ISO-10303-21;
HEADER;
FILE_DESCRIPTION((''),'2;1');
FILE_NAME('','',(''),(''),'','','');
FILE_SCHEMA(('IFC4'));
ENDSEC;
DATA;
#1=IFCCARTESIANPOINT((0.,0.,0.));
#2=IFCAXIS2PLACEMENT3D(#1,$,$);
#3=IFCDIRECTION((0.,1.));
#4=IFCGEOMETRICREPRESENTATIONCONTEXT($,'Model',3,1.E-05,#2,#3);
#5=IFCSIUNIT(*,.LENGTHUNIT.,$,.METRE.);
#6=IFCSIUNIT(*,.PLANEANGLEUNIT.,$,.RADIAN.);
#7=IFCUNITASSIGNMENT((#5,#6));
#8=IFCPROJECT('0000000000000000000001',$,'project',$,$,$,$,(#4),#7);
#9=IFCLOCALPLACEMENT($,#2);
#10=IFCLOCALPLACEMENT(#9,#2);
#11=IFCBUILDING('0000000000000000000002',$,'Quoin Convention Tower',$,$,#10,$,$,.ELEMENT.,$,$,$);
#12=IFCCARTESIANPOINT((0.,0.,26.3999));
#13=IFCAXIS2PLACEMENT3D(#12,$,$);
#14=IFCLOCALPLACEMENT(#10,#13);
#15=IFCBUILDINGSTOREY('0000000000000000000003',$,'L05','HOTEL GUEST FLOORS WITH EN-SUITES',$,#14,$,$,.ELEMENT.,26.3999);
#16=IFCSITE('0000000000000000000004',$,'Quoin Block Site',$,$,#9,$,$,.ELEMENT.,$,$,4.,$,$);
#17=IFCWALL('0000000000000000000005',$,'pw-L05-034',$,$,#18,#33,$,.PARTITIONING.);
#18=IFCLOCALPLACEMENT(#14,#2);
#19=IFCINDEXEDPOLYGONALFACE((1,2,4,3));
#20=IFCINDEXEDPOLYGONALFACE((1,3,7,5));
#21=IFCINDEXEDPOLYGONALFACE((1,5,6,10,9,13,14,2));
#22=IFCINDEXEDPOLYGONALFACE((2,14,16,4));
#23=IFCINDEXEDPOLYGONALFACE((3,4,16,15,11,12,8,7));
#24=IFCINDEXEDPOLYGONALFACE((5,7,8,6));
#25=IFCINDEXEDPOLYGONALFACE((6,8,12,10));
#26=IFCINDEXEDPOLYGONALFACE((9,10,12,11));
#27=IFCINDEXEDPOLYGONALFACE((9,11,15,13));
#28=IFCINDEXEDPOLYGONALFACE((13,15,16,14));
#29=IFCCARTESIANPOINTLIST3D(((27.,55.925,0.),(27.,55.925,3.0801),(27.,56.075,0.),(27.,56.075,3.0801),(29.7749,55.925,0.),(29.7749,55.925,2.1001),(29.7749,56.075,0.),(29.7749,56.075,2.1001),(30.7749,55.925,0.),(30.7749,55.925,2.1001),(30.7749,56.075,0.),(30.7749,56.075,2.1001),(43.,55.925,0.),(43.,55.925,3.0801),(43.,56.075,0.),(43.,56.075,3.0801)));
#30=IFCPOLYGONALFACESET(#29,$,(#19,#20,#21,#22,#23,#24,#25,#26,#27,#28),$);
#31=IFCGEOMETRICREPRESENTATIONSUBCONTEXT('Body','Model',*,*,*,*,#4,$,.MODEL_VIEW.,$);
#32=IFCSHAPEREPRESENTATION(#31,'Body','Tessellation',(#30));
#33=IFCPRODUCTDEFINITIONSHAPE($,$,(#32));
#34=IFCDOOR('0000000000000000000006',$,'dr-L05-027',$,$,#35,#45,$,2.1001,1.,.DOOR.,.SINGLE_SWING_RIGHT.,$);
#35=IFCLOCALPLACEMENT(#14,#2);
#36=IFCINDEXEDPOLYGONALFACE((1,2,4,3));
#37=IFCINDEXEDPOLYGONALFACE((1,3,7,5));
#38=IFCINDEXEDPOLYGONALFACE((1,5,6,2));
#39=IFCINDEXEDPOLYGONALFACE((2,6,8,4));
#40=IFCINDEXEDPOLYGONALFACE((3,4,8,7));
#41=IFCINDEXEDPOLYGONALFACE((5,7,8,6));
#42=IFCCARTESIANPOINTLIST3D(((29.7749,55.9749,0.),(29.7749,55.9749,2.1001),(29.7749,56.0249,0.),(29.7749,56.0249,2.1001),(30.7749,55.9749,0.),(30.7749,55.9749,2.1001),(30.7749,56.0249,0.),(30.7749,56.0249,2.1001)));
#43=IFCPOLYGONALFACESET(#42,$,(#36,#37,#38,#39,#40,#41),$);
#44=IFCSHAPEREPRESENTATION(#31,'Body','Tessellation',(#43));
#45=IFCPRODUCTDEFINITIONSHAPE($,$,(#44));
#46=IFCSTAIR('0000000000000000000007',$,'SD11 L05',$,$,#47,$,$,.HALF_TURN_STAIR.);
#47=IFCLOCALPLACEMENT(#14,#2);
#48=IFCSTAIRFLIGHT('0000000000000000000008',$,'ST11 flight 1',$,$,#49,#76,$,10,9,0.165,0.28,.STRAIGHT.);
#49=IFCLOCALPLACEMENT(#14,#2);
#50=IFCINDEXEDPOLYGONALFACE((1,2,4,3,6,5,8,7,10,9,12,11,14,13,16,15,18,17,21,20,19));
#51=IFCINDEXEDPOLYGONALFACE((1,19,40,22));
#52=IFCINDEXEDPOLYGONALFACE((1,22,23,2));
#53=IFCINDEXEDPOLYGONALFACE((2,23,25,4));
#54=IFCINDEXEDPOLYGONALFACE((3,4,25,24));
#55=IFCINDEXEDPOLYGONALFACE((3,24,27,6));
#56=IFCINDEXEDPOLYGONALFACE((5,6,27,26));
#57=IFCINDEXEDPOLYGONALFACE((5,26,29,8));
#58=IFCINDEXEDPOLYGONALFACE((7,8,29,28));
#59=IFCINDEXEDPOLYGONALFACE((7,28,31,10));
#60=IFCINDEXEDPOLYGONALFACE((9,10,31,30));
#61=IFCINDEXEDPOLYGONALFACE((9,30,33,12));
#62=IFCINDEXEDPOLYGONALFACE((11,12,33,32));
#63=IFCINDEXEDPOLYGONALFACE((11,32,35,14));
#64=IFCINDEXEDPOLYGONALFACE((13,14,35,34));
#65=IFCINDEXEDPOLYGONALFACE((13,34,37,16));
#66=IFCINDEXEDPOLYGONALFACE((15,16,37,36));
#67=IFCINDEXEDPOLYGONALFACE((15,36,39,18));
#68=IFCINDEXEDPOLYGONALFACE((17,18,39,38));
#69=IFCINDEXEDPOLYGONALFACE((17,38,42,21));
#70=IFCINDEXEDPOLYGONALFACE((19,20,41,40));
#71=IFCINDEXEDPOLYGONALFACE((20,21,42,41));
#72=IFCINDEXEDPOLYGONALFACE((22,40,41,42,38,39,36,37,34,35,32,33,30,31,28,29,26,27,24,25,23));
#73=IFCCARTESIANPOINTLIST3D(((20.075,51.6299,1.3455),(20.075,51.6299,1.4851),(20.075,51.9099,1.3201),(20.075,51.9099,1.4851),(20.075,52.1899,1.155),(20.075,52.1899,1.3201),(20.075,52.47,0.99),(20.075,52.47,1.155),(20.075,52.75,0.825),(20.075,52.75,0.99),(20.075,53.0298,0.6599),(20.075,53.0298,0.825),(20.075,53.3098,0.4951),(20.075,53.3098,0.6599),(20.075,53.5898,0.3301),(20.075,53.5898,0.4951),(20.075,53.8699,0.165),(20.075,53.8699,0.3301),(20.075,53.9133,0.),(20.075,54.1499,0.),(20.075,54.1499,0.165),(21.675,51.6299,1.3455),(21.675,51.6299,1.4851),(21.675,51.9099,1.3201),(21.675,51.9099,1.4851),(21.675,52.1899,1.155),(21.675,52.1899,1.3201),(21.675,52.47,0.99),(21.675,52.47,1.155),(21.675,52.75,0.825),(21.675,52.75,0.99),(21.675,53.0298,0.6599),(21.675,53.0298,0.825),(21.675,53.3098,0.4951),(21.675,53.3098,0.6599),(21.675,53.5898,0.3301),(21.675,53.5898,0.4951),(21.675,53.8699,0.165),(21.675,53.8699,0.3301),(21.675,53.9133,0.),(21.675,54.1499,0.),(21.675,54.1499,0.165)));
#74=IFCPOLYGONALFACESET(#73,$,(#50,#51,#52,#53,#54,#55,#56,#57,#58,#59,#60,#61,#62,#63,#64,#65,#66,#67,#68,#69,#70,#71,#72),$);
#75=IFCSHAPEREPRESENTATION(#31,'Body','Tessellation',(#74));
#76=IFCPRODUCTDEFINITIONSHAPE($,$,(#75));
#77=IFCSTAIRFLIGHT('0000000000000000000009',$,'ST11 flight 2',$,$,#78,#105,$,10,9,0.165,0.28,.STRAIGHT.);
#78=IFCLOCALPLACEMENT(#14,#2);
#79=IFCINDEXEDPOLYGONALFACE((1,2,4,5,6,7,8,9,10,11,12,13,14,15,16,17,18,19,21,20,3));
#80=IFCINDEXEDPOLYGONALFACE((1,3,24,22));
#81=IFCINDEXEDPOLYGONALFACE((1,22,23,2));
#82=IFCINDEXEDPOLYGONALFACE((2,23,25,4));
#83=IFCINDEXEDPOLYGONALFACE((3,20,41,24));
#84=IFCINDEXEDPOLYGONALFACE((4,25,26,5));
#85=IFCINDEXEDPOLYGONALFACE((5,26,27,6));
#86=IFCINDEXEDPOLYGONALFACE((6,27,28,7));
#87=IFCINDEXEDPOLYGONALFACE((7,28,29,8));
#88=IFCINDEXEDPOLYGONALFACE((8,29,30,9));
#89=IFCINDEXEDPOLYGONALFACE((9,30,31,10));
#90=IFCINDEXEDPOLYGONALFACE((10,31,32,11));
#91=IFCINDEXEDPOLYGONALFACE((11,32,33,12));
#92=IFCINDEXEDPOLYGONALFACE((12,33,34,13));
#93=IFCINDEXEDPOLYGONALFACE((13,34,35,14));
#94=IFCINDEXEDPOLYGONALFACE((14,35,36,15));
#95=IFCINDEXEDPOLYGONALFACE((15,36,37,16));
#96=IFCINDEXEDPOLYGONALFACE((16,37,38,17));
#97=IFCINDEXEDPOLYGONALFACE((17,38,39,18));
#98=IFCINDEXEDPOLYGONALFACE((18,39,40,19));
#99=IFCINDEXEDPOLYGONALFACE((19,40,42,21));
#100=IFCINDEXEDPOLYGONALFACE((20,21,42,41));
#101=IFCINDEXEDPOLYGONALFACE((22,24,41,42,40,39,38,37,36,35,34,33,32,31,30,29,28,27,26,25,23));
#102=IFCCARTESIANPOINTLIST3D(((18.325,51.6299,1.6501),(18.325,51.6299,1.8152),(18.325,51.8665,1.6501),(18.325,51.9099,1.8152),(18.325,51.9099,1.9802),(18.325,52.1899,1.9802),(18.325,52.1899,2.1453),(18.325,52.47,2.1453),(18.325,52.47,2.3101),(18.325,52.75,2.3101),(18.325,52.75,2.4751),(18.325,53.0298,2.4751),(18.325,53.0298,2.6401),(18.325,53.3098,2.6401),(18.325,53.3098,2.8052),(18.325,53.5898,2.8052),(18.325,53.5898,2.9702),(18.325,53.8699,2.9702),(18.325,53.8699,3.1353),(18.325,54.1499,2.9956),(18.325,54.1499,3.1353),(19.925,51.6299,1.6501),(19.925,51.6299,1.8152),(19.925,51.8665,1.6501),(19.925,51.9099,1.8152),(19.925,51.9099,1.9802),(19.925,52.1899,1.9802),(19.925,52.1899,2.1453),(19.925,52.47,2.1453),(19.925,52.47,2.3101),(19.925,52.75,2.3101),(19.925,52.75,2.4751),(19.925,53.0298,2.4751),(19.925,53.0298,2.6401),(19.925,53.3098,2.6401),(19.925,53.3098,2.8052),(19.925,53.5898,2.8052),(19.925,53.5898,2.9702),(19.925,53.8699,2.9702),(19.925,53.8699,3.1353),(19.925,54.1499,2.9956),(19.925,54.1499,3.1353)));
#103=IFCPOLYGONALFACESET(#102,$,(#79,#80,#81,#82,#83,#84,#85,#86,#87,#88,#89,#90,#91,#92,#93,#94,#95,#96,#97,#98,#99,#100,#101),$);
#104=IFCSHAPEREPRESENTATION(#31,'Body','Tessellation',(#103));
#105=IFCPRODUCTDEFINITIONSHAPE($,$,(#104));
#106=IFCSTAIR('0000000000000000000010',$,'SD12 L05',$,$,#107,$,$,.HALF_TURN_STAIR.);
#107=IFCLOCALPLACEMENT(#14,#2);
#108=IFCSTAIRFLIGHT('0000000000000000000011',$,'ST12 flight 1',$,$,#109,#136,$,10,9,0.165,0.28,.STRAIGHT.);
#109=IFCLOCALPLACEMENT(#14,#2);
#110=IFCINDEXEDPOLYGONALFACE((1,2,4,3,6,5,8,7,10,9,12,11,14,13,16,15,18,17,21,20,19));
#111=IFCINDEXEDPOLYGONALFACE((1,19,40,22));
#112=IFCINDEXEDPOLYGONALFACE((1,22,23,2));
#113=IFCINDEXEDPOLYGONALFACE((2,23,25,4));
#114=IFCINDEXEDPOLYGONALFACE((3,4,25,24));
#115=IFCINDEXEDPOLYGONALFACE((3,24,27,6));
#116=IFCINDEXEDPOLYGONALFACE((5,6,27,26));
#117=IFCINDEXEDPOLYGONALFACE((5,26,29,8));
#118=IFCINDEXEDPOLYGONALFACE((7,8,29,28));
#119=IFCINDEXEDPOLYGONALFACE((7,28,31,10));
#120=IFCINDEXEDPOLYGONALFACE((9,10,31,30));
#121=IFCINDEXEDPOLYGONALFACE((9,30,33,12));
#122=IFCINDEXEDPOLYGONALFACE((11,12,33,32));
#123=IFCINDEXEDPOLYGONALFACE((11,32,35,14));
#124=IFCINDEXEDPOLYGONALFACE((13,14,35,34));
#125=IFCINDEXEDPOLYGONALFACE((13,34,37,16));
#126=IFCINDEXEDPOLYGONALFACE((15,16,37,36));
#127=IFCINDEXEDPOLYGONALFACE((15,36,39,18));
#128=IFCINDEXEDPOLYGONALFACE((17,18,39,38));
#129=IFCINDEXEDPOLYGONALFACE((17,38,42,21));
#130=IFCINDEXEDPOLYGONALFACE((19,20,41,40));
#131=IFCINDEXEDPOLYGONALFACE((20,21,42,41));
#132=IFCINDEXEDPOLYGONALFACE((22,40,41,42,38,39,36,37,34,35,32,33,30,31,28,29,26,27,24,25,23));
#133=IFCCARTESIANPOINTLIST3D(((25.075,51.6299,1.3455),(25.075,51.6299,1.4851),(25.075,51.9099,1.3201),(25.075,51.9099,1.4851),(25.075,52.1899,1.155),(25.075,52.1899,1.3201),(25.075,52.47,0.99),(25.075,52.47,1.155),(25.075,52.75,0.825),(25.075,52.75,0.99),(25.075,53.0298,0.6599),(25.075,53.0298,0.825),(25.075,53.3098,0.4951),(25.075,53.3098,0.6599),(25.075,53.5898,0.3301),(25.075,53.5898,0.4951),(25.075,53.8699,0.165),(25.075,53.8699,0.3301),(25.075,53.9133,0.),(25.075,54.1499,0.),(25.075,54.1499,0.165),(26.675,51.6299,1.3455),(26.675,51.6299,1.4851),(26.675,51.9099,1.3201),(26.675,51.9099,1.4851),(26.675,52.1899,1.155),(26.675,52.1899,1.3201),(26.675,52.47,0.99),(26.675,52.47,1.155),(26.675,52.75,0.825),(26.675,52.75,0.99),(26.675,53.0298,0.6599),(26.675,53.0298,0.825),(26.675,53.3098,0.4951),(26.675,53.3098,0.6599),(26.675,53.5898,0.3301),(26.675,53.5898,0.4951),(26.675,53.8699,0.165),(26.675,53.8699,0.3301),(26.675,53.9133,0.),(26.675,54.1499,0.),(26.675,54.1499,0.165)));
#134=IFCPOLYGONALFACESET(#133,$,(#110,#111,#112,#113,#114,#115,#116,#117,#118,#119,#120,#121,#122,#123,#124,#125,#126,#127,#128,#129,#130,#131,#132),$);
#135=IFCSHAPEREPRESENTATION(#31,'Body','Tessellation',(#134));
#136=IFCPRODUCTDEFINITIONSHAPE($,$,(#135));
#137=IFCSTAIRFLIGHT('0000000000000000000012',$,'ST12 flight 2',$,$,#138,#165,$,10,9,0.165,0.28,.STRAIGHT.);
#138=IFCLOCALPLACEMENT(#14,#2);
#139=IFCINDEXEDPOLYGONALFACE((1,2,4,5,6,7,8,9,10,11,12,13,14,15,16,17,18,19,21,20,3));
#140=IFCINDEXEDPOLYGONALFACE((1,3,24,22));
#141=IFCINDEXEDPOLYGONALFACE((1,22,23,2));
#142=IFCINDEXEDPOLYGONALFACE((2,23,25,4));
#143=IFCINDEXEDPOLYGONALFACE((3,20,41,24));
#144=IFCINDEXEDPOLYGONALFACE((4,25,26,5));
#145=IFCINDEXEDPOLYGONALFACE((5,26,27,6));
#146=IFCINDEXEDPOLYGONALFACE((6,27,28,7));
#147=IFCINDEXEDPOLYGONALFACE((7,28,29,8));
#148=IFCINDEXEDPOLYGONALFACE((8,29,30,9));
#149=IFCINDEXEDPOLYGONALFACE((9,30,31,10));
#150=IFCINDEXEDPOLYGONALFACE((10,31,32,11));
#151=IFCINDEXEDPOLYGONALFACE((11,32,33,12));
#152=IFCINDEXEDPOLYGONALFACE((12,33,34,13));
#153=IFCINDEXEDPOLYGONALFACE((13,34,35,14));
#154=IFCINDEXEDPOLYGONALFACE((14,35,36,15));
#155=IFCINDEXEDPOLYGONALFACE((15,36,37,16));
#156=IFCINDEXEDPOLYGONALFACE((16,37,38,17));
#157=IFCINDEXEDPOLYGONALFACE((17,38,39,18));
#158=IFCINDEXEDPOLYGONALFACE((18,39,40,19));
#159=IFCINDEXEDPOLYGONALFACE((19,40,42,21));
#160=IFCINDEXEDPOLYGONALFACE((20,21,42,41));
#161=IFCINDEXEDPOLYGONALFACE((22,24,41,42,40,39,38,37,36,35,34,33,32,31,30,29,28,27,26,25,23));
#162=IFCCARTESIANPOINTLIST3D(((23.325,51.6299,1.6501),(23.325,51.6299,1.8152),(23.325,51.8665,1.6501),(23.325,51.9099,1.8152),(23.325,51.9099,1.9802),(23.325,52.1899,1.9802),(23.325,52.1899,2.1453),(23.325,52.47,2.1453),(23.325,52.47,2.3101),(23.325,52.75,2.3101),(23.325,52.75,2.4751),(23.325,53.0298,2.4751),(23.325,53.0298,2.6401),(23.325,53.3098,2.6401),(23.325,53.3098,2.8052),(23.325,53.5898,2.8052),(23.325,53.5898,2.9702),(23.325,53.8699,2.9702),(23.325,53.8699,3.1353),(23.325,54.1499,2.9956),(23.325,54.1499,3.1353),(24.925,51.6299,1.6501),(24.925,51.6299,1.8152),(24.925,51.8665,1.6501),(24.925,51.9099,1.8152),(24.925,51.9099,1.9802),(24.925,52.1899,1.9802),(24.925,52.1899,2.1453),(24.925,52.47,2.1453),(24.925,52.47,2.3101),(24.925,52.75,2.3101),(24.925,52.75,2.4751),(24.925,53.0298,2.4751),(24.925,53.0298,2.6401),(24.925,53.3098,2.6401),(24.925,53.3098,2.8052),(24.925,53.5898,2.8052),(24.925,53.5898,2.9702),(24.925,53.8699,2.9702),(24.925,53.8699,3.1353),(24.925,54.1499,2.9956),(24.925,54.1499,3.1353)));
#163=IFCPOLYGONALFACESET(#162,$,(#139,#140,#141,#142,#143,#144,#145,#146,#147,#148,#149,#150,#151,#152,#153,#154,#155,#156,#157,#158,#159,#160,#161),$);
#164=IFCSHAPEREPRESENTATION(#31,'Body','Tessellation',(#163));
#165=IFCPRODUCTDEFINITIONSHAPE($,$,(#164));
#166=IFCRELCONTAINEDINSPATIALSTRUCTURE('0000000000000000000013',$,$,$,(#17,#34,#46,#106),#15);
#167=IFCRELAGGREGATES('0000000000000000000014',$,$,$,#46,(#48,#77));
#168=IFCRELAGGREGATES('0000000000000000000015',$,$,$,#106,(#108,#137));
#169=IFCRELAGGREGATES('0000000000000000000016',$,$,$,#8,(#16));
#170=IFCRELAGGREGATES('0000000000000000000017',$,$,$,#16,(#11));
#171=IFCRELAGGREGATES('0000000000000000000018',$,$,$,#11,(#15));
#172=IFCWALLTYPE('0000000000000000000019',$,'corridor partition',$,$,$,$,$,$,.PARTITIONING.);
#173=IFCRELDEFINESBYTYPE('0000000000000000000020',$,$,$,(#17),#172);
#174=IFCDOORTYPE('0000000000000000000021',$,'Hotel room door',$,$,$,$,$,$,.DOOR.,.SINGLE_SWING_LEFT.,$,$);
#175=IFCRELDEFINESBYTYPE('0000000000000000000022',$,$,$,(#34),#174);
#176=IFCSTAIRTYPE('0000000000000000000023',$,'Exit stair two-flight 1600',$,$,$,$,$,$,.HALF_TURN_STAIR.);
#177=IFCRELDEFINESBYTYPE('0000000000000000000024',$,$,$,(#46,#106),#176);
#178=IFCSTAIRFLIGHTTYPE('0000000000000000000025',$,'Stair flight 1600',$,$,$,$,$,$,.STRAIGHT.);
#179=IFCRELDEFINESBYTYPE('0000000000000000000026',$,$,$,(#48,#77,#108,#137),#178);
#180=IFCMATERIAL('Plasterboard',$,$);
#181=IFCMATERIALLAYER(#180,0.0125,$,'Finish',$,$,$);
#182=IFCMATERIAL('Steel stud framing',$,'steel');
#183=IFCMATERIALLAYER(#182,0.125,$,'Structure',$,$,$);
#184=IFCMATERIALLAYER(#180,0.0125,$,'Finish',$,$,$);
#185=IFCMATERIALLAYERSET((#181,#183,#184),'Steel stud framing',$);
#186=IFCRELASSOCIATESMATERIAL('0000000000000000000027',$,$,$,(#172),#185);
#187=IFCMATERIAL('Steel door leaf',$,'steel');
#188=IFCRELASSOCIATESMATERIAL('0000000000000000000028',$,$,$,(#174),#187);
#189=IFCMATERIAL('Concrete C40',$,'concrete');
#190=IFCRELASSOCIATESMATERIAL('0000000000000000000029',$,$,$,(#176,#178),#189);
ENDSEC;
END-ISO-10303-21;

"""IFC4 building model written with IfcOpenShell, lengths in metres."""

from ifc_helpers import new_model, si_unit, direction, frame, frame_2d, origin, place, context, subcontext, project, spatial, polyline, rectangle, outline, extrude, material, layer, layer_set, type_object, element, fill, aggregate, save


model = new_model("IFC4")

# Units and contexts
model_context = context("Model", 3, precision=1e-05, world=origin(), true_north=direction((0.0, 1.0)))
body_context = subcontext(model_context, "Body", "Model", "MODEL_VIEW")
ifc_project = project(units=[si_unit("LENGTHUNIT", "METRE"), si_unit("PLANEANGLEUNIT", "RADIAN")], contexts=[model_context])

# Site, building, storey
site_placement = place(None, origin())
site = spatial("IfcSite", under=ifc_project, at=site_placement, Name="Quoin Block Site", CompositionType="ELEMENT", RefElevation=4.0)
building_placement = place(site_placement, origin())
building = spatial("IfcBuilding", under=site, at=building_placement, Name="Quoin Convention Tower", CompositionType="ELEMENT")
storey_placement = place(building_placement, frame((0.0, 0.0, 26.3999)))
storey = spatial("IfcBuildingStorey", under=building, at=storey_placement, Name="L05", Description="HOTEL GUEST FLOORS WITH EN-SUITES", CompositionType="ELEMENT", Elevation=26.3999)

# Shared definitions
ifc_material_1 = material(Name="Steel door leaf", Category="steel")

# Shared definitions
ifc_material_2 = material(Name="Plasterboard")
ifc_layer_1 = layer(ifc_material_2, 0.0125, Name="Finish")
ifc_material_3 = material(Name="Steel stud framing", Category="steel")
ifc_layer_2 = layer(ifc_material_3, 0.125, Name="Structure")
ifc_layer_3 = layer(ifc_material_2, 0.0125, Name="Finish")
ifc_layer_set_1 = layer_set([ifc_layer_1, ifc_layer_2, ifc_layer_3], Name="Steel stud framing")
wall_type_1 = type_object("IfcWallType", Name="corridor partition", PredefinedType="PARTITIONING", material=ifc_layer_set_1)

# Wall, opening, door
wall_1_placement = place(storey_placement, frame((27.0, 56.0, 0.0), z_axis=(0.0, 0.0, 1.0), x_axis=(1.0, 0.0, 0.0)))
wall_1 = element("IfcWall", 1, at=wall_1_placement, inside=storey, type_object=wall_type_1, Name="pw-L05-034", PredefinedType="PARTITIONING", context=body_context, shape_type="SweptSolid", body=[
    extrude(rectangle(XDim=16.0, YDim=0.1499, at=frame_2d((8.0, 0.0))), origin(), (0.0, 0.0, 1.0), 3.0801),
])
opening_1_placement = place(wall_1_placement, frame((2.7749, 0.0, 0.0)))
opening_1 = element("IfcOpeningElement", 2, at=opening_1_placement, cuts=wall_1, PredefinedType="OPENING", context=body_context, shape_type="SweptSolid", body=[
    extrude(rectangle(XDim=1.0, YDim=2.1001, at=frame_2d((0.5, 1.05))), frame((0.0, 0.085, 0.0), z_axis=(0.0, -1.0, 0.0), x_axis=(1.0, 0.0, 0.0)), (0.0, 0.0, 1.0), 0.1699),
])
door_type_1 = type_object("IfcDoorType", Name="Hotel room door", OperationType="SINGLE_SWING_LEFT", PredefinedType="DOOR", material=ifc_material_1)
door_1_placement = place(opening_1_placement, origin())
door_1 = element("IfcDoor", 3, at=door_1_placement, inside=storey, type_object=door_type_1, Name="dr-L05-027", OperationType="SINGLE_SWING_RIGHT", OverallHeight=2.1001, OverallWidth=1.0, PredefinedType="DOOR", context=body_context, shape_type="SweptSolid", body=[
    extrude(rectangle(XDim=1.0, YDim=2.1001, at=frame_2d((0.5, 1.05))), frame((0.0, 0.0249, 0.0), z_axis=(0.0, -1.0, 0.0), x_axis=(1.0, 0.0, 0.0)), (0.0, 0.0, 1.0), 0.05),
])
fill(opening_1, door_1)

# Stairs, stair flights
ifc_material_4 = material(Name="Concrete C40", Category="concrete")
stair_type = type_object("IfcStairType", Name="Exit stair two-flight 1600", PredefinedType="HALF_TURN_STAIR", material=ifc_material_4)
stair_1_placement = place(storey_placement, origin())
stair_1 = element("IfcStair", 4, at=stair_1_placement, inside=storey, type_object=stair_type, Name="SD11 L05", PredefinedType="HALF_TURN_STAIR")
stair_flight_type = type_object("IfcStairFlightType", Name="Stair flight 1600", PredefinedType="STRAIGHT", material=ifc_material_4)
stair_flight_1_placement = place(storey_placement, frame((20.875, 54.1499, 0.0), z_axis=(0.0, 0.0, 1.0), x_axis=(0.0, -1.0, 0.0)))
stair_flight_1 = element("IfcStairFlight", 5, at=stair_flight_1_placement, type_object=stair_flight_type, Name="ST11 flight 1", NumberOfRisers=10, NumberOfTreads=9, PredefinedType="STRAIGHT", RiserHeight=0.165, TreadLength=0.28, context=body_context, shape_type="SweptSolid", body=[
    extrude(outline(polyline([(0.0, 0.0), (0.0, 0.165), (0.28, 0.165), (0.28, 0.3301), (0.5601, 0.3301), (0.5601, 0.4951), (0.8401, 0.4951), (0.8401, 0.6599), (1.1201, 0.6599), (1.1201, 0.825), (1.3999, 0.825), (1.3999, 0.99), (1.6799, 0.99), (1.6799, 1.155), (1.96, 1.155), (1.96, 1.3201), (2.24, 1.3201), (2.24, 1.4851), (2.52, 1.4851), (2.52, 1.6499), (2.52, 1.3455), (0.2366, 0.0), (0.0, 0.0)])), frame((0.0, 0.8, 0.0), z_axis=(0.0, -1.0, 0.0), x_axis=(1.0, 0.0, 0.0)), (0.0, 0.0, 1.0), 1.6001),
])
stair_flight_2_placement = place(storey_placement, frame((19.125, 51.6299, 1.6501), z_axis=(0.0, 0.0, 1.0), x_axis=(0.0, 1.0, 0.0)))
stair_flight_2 = element("IfcStairFlight", 6, at=stair_flight_2_placement, type_object=stair_flight_type, Name="ST11 flight 2", NumberOfRisers=10, NumberOfTreads=9, PredefinedType="STRAIGHT", RiserHeight=0.165, TreadLength=0.28, context=body_context, shape_type="SweptSolid", body=[
    extrude(outline(polyline([(0.0, 0.0), (0.0, 0.165), (0.28, 0.165), (0.28, 0.3301), (0.5601, 0.3301), (0.5601, 0.4951), (0.8401, 0.4951), (0.8401, 0.6599), (1.1201, 0.6599), (1.1201, 0.825), (1.3999, 0.825), (1.3999, 0.99), (1.6799, 0.99), (1.6799, 1.155), (1.96, 1.155), (1.96, 1.3201), (2.24, 1.3201), (2.24, 1.4851), (2.52, 1.4851), (2.52, 1.6499), (2.52, 1.3455), (0.2366, 0.0), (0.0, 0.0)])), frame((0.0, 0.8, 0.0), z_axis=(0.0, -1.0, 0.0), x_axis=(1.0, 0.0, 0.0)), (0.0, 0.0, 1.0), 1.6001),
])
aggregate(stair_1, [stair_flight_1, stair_flight_2])
stair_2_placement = place(storey_placement, origin())
stair_2 = element("IfcStair", 7, at=stair_2_placement, inside=storey, type_object=stair_type, Name="SD12 L05", PredefinedType="HALF_TURN_STAIR")
stair_flight_3_placement = place(storey_placement, frame((25.875, 54.1499, 0.0), z_axis=(0.0, 0.0, 1.0), x_axis=(0.0, -1.0, 0.0)))
stair_flight_3 = element("IfcStairFlight", 8, at=stair_flight_3_placement, type_object=stair_flight_type, Name="ST12 flight 1", NumberOfRisers=10, NumberOfTreads=9, PredefinedType="STRAIGHT", RiserHeight=0.165, TreadLength=0.28, context=body_context, shape_type="SweptSolid", body=[
    extrude(outline(polyline([(0.0, 0.0), (0.0, 0.165), (0.28, 0.165), (0.28, 0.3301), (0.5601, 0.3301), (0.5601, 0.4951), (0.8401, 0.4951), (0.8401, 0.6599), (1.1201, 0.6599), (1.1201, 0.825), (1.3999, 0.825), (1.3999, 0.99), (1.6799, 0.99), (1.6799, 1.155), (1.96, 1.155), (1.96, 1.3201), (2.24, 1.3201), (2.24, 1.4851), (2.52, 1.4851), (2.52, 1.6499), (2.52, 1.3455), (0.2366, 0.0), (0.0, 0.0)])), frame((0.0, 0.8, 0.0), z_axis=(0.0, -1.0, 0.0), x_axis=(1.0, 0.0, 0.0)), (0.0, 0.0, 1.0), 1.6001),
])
stair_flight_4_placement = place(storey_placement, frame((24.125, 51.6299, 1.6501), z_axis=(0.0, 0.0, 1.0), x_axis=(0.0, 1.0, 0.0)))
stair_flight_4 = element("IfcStairFlight", 9, at=stair_flight_4_placement, type_object=stair_flight_type, Name="ST12 flight 2", NumberOfRisers=10, NumberOfTreads=9, PredefinedType="STRAIGHT", RiserHeight=0.165, TreadLength=0.28, context=body_context, shape_type="SweptSolid", body=[
    extrude(outline(polyline([(0.0, 0.0), (0.0, 0.165), (0.28, 0.165), (0.28, 0.3301), (0.5601, 0.3301), (0.5601, 0.4951), (0.8401, 0.4951), (0.8401, 0.6599), (1.1201, 0.6599), (1.1201, 0.825), (1.3999, 0.825), (1.3999, 0.99), (1.6799, 0.99), (1.6799, 1.155), (1.96, 1.155), (1.96, 1.3201), (2.24, 1.3201), (2.24, 1.4851), (2.52, 1.4851), (2.52, 1.6499), (2.52, 1.3455), (0.2366, 0.0), (0.0, 0.0)])), frame((0.0, 0.8, 0.0), z_axis=(0.0, -1.0, 0.0), x_axis=(1.0, 0.0, 0.0)), (0.0, 0.0, 1.0), 1.6001),
])
aggregate(stair_2, [stair_flight_3, stair_flight_4])

save(model, "model.ifc")
